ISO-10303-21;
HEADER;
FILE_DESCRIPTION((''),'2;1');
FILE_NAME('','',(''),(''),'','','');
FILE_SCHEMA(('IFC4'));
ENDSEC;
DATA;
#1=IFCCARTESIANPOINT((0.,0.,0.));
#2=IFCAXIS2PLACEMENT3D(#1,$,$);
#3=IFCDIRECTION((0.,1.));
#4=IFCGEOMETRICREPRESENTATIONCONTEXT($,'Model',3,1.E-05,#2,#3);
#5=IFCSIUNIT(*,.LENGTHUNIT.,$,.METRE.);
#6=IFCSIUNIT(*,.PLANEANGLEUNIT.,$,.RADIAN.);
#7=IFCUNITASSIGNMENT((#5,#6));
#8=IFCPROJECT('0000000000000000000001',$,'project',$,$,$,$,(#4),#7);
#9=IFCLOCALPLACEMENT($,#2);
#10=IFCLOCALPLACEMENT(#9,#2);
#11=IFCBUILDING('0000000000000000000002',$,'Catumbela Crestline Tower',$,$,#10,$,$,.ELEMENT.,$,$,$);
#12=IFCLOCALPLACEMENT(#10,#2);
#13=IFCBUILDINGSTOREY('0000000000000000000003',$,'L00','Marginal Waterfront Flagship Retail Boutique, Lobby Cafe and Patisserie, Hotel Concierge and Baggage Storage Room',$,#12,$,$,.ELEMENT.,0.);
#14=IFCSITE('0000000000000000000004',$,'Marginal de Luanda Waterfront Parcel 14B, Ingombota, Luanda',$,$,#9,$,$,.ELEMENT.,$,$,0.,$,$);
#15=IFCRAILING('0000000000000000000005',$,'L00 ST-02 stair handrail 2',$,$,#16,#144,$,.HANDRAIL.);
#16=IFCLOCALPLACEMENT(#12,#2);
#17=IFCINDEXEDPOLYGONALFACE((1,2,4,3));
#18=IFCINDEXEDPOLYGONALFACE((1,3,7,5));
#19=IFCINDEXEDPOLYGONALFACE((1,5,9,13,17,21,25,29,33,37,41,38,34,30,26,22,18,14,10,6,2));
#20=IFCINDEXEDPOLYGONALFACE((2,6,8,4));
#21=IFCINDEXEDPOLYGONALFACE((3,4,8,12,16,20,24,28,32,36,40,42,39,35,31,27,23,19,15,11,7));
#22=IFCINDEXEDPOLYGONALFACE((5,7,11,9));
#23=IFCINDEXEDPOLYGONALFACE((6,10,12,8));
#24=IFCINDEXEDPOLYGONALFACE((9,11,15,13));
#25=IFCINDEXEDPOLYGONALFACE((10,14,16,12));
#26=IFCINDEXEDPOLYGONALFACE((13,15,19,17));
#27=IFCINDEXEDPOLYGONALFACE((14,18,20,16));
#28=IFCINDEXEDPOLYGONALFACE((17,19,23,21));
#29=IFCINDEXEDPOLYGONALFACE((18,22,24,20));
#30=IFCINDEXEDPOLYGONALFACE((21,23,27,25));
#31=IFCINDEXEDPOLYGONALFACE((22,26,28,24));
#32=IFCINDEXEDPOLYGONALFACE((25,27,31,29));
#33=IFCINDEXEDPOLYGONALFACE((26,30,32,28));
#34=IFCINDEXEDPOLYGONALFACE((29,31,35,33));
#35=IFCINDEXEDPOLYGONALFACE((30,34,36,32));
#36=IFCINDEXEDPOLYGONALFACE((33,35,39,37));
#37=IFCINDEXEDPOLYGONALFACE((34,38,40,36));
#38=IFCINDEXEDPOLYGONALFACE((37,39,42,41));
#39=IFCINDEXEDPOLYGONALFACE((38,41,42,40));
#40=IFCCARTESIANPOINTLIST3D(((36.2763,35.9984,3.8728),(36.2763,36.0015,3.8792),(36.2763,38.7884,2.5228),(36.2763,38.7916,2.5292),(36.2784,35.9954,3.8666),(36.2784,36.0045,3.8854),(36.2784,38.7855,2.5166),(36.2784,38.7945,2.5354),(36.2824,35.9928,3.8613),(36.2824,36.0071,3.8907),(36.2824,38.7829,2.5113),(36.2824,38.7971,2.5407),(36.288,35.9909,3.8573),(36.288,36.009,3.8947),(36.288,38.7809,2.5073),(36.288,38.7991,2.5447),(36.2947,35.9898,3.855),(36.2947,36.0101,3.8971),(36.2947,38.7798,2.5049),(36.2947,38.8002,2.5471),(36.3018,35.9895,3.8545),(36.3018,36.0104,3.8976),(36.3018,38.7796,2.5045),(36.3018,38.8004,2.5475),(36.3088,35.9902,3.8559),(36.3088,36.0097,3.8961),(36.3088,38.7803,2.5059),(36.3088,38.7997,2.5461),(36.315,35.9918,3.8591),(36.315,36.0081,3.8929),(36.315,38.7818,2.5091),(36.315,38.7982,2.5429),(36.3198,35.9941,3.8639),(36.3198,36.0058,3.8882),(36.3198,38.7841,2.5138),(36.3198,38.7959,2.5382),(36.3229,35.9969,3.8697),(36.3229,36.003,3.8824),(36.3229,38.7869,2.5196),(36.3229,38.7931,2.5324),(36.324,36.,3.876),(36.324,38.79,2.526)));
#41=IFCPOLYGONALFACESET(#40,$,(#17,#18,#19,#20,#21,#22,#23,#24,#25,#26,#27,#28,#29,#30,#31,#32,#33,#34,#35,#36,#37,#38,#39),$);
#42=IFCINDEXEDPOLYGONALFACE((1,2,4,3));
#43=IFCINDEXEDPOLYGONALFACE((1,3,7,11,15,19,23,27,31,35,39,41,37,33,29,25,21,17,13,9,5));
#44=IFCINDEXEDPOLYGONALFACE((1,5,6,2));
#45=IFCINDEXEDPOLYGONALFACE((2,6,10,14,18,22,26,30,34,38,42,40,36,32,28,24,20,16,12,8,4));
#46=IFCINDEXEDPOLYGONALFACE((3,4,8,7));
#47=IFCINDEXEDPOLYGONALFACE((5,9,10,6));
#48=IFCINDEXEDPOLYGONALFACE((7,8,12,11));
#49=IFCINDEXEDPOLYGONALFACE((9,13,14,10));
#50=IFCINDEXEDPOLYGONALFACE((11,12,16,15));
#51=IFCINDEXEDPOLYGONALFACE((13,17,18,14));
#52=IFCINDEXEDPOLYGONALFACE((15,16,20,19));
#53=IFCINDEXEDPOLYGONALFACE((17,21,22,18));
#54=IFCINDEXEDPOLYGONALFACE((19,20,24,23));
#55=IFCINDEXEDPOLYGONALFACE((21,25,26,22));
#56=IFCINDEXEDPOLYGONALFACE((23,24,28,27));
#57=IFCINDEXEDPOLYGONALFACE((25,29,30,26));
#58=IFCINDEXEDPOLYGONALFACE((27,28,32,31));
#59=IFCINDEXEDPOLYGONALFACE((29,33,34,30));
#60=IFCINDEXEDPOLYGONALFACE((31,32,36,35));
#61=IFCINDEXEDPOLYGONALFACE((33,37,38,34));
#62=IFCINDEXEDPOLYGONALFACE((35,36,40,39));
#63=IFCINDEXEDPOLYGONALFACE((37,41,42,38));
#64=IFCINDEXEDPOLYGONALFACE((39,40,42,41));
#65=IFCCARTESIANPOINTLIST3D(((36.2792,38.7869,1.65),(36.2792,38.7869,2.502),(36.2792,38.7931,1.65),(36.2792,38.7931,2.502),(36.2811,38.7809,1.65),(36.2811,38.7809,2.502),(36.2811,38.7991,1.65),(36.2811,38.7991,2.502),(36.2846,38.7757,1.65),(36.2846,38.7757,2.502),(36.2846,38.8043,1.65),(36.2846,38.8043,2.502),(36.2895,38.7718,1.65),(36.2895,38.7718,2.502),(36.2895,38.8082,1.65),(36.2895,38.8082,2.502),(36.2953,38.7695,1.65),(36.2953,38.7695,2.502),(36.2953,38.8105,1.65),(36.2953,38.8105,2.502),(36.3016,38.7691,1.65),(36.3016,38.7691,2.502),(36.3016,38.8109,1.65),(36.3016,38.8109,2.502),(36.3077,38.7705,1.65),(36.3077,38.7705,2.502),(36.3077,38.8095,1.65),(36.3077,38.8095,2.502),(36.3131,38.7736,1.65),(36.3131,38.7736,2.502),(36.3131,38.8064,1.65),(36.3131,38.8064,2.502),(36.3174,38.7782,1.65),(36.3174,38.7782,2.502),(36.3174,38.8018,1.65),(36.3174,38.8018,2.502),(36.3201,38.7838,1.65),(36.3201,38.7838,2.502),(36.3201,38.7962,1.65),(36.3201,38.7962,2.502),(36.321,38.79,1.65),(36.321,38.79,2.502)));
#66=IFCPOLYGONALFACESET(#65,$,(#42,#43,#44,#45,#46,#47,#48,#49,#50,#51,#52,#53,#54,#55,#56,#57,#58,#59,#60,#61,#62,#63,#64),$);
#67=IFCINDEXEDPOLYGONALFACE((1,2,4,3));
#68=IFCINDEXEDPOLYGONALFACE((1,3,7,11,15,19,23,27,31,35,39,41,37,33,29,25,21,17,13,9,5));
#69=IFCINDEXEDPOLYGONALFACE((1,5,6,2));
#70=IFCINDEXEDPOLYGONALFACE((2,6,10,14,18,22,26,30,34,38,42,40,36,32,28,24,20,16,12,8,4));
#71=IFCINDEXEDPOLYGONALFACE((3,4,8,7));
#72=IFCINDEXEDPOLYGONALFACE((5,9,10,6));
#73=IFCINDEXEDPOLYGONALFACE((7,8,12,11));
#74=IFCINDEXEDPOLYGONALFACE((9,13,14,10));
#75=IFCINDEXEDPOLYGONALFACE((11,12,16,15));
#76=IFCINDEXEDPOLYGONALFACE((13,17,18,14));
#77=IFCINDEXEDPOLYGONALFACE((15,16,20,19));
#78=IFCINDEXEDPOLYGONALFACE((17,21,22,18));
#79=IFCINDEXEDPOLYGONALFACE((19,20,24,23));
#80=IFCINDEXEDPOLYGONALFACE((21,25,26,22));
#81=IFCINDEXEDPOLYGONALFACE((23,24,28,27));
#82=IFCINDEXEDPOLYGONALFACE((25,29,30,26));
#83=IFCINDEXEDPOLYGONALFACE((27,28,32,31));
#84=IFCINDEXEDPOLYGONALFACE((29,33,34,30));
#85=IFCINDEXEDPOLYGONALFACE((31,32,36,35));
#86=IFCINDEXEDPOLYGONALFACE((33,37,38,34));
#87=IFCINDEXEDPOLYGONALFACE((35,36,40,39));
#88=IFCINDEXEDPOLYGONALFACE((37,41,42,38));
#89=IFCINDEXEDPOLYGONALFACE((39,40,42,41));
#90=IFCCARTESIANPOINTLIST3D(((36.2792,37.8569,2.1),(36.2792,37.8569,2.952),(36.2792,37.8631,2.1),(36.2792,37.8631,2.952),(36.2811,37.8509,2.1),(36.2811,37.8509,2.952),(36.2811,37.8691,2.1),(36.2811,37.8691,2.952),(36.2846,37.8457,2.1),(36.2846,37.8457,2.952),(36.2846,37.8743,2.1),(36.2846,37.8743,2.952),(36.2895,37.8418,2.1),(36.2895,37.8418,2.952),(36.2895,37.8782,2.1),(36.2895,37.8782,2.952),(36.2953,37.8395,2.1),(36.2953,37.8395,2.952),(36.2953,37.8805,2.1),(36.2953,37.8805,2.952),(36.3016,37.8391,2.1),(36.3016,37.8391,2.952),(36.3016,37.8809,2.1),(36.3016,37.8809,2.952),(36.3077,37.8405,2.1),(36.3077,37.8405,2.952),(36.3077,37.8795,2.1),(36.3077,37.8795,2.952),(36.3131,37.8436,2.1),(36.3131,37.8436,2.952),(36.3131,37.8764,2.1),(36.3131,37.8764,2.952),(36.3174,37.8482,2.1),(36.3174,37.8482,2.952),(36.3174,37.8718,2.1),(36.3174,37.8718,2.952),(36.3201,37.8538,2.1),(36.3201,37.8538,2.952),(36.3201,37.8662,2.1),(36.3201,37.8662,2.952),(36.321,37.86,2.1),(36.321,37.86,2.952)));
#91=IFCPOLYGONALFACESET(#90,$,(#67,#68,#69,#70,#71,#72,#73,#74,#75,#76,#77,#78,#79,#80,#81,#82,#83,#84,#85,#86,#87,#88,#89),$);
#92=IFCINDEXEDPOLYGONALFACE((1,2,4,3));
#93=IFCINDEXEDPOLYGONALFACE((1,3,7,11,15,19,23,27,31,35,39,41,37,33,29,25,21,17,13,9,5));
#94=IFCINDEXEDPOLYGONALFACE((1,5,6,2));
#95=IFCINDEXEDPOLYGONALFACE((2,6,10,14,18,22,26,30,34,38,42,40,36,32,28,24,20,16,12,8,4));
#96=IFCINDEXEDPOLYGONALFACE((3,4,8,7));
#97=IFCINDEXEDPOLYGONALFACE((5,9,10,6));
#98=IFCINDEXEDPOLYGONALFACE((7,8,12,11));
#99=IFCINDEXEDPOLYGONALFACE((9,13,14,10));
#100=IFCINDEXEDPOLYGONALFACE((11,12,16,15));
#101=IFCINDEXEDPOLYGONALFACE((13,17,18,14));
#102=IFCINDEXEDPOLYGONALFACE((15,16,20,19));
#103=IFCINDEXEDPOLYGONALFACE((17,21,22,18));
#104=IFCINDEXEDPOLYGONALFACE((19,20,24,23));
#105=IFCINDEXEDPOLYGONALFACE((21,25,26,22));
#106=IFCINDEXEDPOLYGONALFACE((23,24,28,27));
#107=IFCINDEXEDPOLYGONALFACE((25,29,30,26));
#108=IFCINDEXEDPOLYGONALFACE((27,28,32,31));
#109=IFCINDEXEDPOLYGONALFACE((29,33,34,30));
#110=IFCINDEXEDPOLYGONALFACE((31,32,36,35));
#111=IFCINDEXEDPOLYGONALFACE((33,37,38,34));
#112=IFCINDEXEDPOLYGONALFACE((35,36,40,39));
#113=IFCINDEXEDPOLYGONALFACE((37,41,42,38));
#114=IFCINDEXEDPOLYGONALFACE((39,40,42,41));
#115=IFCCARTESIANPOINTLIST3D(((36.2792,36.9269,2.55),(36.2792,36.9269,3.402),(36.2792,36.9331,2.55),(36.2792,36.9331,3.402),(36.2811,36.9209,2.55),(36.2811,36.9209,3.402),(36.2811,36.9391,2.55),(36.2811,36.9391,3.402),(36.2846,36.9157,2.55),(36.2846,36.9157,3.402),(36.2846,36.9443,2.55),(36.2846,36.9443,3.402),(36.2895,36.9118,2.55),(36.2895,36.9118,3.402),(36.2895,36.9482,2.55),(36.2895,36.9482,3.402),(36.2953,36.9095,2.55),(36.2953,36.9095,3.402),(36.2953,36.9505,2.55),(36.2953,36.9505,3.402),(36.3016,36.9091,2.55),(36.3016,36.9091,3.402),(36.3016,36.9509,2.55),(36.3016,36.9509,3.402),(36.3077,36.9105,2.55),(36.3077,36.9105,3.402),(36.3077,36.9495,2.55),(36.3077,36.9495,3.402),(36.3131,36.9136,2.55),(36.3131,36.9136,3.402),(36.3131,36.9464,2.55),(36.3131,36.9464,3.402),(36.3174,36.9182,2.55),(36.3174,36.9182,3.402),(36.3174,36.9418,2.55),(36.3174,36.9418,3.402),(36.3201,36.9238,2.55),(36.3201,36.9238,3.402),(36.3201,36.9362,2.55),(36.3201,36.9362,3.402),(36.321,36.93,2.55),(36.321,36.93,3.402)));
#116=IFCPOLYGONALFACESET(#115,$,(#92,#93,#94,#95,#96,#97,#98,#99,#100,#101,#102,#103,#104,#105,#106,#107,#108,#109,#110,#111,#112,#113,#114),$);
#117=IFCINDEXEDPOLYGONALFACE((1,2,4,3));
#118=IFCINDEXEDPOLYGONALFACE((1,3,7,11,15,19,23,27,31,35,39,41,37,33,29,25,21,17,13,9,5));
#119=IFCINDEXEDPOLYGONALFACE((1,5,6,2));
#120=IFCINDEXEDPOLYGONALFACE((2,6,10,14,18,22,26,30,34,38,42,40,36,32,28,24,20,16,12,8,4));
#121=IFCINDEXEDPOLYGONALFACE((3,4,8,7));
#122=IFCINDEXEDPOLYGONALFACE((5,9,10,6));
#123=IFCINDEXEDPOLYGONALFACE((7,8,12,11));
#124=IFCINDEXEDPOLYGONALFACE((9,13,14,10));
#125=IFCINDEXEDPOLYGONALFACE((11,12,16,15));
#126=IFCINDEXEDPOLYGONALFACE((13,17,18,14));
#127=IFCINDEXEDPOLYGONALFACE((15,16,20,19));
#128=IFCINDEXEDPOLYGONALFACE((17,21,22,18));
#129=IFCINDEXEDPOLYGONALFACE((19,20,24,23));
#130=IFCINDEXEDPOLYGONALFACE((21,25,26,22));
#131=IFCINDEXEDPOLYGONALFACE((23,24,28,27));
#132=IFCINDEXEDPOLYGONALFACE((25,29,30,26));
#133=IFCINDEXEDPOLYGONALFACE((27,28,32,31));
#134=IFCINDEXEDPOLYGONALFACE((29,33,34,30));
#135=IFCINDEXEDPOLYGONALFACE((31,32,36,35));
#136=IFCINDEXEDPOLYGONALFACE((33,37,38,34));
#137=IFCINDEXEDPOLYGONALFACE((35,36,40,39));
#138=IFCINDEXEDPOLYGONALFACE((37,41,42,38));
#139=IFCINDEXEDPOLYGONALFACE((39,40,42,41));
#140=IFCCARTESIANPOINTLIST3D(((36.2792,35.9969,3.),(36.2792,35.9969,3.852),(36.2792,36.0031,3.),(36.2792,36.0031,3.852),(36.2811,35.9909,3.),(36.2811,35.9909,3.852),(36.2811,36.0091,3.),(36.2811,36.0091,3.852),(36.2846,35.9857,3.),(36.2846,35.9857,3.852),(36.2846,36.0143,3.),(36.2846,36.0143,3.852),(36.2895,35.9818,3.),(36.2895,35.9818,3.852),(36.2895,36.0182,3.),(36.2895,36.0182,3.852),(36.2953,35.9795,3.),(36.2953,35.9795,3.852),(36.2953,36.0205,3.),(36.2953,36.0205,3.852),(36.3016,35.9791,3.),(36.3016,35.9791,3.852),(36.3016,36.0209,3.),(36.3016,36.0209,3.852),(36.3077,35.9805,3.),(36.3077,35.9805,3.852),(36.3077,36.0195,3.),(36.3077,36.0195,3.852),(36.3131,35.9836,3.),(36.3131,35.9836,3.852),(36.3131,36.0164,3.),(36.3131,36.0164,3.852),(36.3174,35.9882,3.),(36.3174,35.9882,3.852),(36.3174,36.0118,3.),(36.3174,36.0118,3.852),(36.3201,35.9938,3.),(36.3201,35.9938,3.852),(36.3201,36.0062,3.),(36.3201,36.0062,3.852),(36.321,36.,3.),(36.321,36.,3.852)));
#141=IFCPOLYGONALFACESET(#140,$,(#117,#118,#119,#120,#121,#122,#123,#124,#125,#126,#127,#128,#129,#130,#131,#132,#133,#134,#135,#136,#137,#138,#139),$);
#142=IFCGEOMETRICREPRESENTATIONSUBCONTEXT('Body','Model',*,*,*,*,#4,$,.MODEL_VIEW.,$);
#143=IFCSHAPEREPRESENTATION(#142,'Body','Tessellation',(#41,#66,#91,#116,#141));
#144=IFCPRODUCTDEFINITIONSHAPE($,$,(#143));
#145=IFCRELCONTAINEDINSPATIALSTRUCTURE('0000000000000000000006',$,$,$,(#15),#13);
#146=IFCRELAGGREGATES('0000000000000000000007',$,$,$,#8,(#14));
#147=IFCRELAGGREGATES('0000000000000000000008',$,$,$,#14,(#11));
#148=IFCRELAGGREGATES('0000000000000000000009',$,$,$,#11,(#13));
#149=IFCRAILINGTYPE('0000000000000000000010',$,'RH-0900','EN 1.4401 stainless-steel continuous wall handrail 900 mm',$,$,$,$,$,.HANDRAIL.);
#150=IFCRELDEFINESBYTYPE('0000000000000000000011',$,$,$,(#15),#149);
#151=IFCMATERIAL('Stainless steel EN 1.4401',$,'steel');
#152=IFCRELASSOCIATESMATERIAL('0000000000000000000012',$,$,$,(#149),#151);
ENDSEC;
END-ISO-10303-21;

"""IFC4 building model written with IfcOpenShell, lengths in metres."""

from ifc_helpers import new_model, si_unit, direction, frame, origin, origin_2d, place, context, subcontext, project, spatial, circle, extrude, material, type_object, element, save


model = new_model("IFC4")

# Units and contexts
model_context = context("Model", 3, precision=1e-05, world=origin(), true_north=direction((0.0, 1.0)))
body_context = subcontext(model_context, "Body", "Model", "MODEL_VIEW")
ifc_project = project(units=[si_unit("LENGTHUNIT", "METRE"), si_unit("PLANEANGLEUNIT", "RADIAN")], contexts=[model_context])

# Site, building, storey
site_placement = place(None, origin())
site = spatial("IfcSite", under=ifc_project, at=site_placement, Name="Marginal de Luanda Waterfront Parcel 14B, Ingombota, Luanda", CompositionType="ELEMENT", RefElevation=0.0)
building_placement = place(site_placement, origin())
building = spatial("IfcBuilding", under=site, at=building_placement, Name="Catumbela Crestline Tower", CompositionType="ELEMENT")
storey_placement = place(building_placement, origin())
storey = spatial("IfcBuildingStorey", under=building, at=storey_placement, Name="L00", Description="Marginal Waterfront Flagship Retail Boutique, Lobby Cafe and Patisserie, Hotel Concierge and Baggage Storage Room", CompositionType="ELEMENT", Elevation=0.0)

# Shared definitions
ifc_material_1 = material(Name="Stainless steel EN 1.4401", Category="steel")

# Railing
railing_type_1 = type_object("IfcRailingType", Name="RH-0900", Description="EN 1.4401 stainless-steel continuous wall handrail 900 mm", PredefinedType="HANDRAIL", material=ifc_material_1)
railing_1_placement = place(storey_placement, frame((36.3, 38.79, 1.65)))
element("IfcRailing", 1, at=railing_1_placement, inside=storey, type_object=railing_type_1, Name="L00 ST-02 stair handrail 2", PredefinedType="HANDRAIL", context=body_context, shape_type="SweptSolid", body=[
    extrude(circle(Radius=0.024, at=origin_2d()), frame((0.0, 0.0, 0.876), z_axis=(0.0, -0.900159, 0.435561), x_axis=(1.0, 0.0, 0.0)), (0.0, 0.0, 1.0), 3.0995),
    extrude(circle(Radius=0.021, at=origin_2d()), origin(), (0.0, 0.0, 1.0), 0.852),
    extrude(circle(Radius=0.021, at=origin_2d()), frame((0.0, -0.93, 0.45)), (0.0, 0.0, 1.0), 0.852),
    extrude(circle(Radius=0.021, at=origin_2d()), frame((0.0, -1.86, 0.9)), (0.0, 0.0, 1.0), 0.852),
    extrude(circle(Radius=0.021, at=origin_2d()), frame((0.0, -2.79, 1.35)), (0.0, 0.0, 1.0), 0.852),
])

save(model, "model.ifc")
